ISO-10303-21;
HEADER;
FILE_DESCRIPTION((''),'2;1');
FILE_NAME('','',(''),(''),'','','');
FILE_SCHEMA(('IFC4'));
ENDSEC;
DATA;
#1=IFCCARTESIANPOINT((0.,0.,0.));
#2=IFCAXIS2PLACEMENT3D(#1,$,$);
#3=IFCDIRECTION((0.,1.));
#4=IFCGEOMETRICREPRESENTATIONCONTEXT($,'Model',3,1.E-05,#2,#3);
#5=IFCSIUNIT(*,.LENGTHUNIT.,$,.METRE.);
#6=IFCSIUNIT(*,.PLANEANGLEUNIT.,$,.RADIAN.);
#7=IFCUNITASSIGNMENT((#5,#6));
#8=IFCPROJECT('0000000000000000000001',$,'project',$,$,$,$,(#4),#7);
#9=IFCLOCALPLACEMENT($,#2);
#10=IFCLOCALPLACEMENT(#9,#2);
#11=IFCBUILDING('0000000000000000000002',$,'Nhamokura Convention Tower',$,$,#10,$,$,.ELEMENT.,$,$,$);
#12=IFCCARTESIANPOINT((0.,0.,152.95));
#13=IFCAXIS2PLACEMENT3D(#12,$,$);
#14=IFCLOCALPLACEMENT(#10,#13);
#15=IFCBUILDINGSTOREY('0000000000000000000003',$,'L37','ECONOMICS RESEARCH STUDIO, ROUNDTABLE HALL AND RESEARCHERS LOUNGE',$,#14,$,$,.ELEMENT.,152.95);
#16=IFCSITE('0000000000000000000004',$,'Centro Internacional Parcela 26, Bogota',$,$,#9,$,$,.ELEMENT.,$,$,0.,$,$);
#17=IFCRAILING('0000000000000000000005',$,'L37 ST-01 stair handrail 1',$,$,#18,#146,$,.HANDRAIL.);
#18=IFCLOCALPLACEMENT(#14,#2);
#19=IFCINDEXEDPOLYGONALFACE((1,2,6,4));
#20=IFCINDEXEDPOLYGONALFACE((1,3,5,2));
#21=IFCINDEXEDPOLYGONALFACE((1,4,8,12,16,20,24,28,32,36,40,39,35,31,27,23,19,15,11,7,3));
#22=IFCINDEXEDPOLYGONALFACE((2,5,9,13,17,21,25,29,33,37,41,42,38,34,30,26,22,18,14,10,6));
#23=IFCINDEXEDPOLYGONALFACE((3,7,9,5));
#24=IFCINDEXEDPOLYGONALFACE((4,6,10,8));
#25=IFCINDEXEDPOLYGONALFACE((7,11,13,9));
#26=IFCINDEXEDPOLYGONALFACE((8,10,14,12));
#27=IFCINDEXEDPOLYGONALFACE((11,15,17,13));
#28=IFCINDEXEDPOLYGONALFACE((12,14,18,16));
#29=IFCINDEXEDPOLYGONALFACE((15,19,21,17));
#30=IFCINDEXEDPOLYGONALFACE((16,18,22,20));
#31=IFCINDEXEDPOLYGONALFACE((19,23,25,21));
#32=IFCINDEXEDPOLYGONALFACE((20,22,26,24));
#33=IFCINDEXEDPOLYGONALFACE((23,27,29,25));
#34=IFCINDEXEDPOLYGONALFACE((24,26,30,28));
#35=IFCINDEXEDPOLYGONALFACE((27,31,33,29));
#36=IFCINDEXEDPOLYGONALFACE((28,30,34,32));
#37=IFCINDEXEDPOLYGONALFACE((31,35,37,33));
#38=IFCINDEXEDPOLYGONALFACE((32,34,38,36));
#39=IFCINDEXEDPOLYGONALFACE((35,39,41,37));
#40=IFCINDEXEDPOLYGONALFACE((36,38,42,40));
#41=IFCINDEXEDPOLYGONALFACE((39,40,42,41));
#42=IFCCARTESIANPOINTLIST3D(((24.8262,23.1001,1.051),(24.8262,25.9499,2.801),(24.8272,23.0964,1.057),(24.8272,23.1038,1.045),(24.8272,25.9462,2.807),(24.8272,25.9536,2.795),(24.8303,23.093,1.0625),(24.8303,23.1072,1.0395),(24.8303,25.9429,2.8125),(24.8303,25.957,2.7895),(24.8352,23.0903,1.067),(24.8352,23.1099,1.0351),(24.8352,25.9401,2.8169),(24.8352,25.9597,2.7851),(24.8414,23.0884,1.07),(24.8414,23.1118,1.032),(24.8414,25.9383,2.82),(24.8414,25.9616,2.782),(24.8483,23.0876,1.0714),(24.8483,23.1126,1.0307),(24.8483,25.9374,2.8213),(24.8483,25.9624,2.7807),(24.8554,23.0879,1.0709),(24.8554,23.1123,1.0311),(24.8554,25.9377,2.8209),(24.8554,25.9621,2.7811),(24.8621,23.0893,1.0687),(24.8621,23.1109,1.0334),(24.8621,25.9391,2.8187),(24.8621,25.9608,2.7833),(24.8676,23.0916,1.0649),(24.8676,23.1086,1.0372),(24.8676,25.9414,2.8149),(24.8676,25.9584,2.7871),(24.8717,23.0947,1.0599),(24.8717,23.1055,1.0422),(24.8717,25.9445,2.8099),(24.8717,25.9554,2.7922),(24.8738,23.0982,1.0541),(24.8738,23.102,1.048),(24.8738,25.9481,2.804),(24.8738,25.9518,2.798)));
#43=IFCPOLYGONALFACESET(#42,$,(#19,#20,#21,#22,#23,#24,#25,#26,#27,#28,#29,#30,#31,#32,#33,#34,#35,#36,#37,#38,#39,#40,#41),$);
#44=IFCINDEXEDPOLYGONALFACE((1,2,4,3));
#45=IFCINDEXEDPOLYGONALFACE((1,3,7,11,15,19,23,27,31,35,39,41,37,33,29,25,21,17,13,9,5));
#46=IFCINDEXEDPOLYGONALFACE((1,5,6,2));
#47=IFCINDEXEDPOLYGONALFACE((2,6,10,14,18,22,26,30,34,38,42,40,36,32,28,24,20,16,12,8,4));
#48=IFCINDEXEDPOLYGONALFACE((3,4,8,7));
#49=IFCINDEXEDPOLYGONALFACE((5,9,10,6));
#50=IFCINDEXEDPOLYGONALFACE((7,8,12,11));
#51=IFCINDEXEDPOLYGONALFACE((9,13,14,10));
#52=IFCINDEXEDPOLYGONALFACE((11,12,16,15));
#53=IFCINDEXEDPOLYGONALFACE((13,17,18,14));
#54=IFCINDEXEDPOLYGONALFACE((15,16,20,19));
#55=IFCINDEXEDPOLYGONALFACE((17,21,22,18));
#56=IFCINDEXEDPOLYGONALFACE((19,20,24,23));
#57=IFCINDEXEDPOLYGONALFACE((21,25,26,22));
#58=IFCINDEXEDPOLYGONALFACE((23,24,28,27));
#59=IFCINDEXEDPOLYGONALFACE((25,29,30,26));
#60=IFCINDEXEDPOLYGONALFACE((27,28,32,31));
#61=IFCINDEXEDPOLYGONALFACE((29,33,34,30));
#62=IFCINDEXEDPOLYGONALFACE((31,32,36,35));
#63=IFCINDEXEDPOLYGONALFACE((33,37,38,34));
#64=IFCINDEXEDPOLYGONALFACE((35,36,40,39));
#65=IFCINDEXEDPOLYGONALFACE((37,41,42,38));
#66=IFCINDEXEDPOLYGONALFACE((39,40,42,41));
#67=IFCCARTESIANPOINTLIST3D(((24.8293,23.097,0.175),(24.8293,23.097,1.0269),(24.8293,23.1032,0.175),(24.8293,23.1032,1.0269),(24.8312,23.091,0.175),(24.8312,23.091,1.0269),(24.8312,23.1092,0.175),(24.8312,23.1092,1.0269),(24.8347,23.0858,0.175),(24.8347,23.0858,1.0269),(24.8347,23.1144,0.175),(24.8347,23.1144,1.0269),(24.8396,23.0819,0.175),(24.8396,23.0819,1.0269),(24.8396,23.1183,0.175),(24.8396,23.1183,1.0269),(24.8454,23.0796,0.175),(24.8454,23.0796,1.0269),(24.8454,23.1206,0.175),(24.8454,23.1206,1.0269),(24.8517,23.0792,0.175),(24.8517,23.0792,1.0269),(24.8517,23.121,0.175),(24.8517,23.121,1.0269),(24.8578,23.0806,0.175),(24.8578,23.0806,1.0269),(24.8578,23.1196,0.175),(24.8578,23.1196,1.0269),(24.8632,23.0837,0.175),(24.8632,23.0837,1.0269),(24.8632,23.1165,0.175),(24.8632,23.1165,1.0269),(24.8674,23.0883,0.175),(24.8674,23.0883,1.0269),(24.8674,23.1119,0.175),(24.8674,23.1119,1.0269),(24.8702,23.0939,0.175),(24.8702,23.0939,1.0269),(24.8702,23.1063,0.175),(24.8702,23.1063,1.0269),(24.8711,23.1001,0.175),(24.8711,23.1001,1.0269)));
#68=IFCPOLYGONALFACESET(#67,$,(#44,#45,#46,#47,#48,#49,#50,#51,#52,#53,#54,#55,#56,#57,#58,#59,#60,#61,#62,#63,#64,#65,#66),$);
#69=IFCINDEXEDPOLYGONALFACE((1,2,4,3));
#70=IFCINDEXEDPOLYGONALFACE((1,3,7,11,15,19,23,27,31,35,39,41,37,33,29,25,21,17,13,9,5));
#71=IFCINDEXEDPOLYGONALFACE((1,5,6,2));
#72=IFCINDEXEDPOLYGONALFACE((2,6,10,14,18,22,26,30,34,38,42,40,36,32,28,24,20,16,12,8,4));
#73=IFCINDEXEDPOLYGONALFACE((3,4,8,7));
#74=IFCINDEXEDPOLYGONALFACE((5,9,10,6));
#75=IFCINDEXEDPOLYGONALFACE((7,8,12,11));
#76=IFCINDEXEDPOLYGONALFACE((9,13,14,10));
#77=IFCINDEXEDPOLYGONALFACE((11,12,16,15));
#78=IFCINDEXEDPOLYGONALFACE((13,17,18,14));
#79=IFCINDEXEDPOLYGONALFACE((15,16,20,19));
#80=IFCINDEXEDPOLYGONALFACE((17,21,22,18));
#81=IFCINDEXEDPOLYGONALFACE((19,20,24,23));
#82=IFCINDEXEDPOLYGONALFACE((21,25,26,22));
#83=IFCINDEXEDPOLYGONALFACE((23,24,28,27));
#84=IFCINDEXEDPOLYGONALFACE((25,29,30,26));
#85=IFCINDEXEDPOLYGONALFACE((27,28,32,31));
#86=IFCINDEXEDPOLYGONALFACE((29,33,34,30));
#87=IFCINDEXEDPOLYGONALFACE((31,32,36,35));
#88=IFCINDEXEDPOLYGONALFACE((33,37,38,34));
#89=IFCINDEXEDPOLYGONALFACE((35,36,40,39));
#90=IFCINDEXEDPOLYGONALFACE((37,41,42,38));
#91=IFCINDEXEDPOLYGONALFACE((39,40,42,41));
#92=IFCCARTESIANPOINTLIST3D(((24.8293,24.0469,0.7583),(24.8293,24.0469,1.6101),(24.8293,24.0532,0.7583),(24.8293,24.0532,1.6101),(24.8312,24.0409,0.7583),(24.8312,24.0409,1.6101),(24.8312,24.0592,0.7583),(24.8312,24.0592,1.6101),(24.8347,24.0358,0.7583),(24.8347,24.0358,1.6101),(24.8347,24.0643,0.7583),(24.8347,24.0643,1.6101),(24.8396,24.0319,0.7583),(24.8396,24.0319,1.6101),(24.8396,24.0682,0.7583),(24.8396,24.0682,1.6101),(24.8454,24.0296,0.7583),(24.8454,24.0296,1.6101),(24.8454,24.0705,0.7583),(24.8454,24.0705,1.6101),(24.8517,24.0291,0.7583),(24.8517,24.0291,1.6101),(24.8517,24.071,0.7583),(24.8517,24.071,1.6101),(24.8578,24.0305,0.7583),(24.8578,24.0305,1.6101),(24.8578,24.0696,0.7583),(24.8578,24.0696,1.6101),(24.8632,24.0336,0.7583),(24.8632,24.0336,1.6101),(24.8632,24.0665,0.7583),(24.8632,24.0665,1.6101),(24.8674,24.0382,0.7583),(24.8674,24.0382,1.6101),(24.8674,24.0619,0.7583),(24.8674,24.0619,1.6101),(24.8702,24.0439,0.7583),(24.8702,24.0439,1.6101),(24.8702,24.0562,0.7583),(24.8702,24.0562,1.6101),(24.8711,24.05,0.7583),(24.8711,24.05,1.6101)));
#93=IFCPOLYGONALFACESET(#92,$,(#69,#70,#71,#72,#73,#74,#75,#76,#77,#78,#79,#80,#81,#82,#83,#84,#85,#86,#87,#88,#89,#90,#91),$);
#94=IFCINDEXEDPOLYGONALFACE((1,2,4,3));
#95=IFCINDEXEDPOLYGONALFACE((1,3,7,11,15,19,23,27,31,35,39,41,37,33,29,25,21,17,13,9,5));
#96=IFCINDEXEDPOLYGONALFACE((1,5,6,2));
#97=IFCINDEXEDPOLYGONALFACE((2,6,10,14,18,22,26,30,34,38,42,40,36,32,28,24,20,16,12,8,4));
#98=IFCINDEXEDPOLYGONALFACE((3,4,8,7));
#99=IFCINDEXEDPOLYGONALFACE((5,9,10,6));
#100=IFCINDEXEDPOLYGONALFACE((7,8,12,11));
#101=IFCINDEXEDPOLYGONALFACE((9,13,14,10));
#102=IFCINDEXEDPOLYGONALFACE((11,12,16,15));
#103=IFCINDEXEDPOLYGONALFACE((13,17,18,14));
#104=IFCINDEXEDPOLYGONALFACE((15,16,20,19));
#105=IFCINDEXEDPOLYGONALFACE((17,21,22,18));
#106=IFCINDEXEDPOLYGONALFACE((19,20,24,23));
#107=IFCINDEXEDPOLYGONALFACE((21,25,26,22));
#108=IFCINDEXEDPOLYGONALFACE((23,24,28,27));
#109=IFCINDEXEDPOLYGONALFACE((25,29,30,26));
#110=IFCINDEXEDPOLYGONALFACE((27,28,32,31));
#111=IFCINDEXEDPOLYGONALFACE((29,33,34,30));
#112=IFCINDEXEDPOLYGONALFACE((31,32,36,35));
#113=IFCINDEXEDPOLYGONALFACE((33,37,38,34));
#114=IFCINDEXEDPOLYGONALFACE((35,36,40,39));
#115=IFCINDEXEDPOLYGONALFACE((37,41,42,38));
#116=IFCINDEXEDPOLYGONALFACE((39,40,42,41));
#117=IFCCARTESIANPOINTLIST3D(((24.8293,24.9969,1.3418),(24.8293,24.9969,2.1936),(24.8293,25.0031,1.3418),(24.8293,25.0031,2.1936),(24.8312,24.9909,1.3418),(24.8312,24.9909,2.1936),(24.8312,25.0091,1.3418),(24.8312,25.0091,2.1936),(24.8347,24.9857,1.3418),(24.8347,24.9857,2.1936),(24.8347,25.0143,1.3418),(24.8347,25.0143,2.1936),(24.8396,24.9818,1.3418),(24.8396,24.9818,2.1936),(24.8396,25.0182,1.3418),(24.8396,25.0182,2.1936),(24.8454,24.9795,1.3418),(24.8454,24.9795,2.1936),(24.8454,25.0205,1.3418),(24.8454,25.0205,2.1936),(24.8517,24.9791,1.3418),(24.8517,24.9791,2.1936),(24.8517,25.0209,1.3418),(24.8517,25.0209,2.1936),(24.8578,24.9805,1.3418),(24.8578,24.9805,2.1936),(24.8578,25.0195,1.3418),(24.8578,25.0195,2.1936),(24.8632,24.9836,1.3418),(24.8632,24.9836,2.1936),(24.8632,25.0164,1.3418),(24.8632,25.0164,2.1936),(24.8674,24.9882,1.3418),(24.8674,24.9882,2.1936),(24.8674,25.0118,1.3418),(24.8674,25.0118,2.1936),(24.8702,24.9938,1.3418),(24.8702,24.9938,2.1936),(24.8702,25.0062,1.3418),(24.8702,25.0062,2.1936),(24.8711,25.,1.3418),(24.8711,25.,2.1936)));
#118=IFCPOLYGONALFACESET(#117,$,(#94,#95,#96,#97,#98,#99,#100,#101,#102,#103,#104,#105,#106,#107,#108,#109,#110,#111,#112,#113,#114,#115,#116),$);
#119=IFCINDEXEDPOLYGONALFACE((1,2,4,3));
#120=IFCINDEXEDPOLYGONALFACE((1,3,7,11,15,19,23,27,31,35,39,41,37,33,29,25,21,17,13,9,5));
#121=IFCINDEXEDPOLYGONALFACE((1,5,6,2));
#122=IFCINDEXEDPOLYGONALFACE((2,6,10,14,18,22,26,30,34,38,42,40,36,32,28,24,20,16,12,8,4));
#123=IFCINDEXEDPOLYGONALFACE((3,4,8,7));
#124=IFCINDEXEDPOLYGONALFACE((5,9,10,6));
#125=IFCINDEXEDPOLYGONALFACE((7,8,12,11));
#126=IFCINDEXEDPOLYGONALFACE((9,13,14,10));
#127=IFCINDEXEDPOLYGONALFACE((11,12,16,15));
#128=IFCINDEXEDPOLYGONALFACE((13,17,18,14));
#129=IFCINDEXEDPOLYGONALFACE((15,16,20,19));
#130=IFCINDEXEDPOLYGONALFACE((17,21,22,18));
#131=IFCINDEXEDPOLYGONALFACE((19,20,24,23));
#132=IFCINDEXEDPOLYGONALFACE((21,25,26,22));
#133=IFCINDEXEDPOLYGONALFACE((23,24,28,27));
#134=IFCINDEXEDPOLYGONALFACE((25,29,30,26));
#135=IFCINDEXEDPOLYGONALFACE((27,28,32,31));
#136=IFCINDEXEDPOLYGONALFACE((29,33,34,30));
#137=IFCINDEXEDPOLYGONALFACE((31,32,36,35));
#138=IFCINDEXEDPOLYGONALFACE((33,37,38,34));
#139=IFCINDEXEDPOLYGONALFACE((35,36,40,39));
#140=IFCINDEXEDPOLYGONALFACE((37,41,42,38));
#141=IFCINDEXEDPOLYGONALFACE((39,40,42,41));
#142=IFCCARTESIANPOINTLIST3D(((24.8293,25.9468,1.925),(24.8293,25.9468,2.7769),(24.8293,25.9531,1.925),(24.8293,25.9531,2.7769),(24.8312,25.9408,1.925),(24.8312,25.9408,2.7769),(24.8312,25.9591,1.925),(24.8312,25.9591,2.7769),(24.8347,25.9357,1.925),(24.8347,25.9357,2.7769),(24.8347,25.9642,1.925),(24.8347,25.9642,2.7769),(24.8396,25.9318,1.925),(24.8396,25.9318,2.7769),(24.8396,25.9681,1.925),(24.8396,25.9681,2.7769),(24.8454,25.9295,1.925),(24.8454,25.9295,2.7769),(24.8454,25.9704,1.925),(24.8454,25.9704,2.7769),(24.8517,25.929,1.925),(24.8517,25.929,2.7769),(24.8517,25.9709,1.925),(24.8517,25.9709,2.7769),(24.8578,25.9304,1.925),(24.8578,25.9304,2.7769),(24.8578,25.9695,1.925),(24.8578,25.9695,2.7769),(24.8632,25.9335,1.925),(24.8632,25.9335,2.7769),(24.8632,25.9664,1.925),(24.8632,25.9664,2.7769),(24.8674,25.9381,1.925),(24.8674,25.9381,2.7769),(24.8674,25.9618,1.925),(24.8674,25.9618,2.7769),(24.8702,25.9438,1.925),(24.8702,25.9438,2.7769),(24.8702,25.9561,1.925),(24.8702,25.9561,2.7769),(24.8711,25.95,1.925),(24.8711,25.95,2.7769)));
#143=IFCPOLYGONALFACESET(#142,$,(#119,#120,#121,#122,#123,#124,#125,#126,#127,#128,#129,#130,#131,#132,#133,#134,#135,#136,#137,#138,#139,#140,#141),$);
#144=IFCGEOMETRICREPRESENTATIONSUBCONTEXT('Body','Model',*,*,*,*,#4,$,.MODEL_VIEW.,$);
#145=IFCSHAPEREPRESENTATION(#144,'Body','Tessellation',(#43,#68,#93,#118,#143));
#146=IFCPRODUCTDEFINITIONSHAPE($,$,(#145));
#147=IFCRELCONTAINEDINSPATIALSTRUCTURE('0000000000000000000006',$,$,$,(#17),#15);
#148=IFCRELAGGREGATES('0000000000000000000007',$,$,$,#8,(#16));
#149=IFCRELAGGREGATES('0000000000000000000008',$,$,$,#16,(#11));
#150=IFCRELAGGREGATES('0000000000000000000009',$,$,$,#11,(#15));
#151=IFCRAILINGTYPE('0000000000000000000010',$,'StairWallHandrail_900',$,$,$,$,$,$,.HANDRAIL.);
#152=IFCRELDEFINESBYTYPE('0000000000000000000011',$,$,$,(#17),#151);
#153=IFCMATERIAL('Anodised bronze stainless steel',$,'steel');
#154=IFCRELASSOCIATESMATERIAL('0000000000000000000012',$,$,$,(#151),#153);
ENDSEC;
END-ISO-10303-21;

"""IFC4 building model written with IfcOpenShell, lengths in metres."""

from ifc_helpers import new_model, si_unit, direction, frame, origin, origin_2d, place, context, subcontext, project, spatial, circle, extrude, material, type_object, element, save


model = new_model("IFC4")

# Units and contexts
model_context = context("Model", 3, precision=1e-05, world=origin(), true_north=direction((0.0, 1.0)))
body_context = subcontext(model_context, "Body", "Model", "MODEL_VIEW")
ifc_project = project(units=[si_unit("LENGTHUNIT", "METRE"), si_unit("PLANEANGLEUNIT", "RADIAN")], contexts=[model_context])

# Site, building, storey
site_placement = place(None, origin())
site = spatial("IfcSite", under=ifc_project, at=site_placement, Name="Centro Internacional Parcela 26, Bogota", CompositionType="ELEMENT", RefElevation=0.0)
building_placement = place(site_placement, origin())
building = spatial("IfcBuilding", under=site, at=building_placement, Name="Nhamokura Convention Tower", CompositionType="ELEMENT")
storey_placement = place(building_placement, frame((0.0, 0.0, 152.95)))
storey = spatial("IfcBuildingStorey", under=building, at=storey_placement, Name="L37", Description="ECONOMICS RESEARCH STUDIO, ROUNDTABLE HALL AND RESEARCHERS LOUNGE", CompositionType="ELEMENT", Elevation=152.95)

# Railing
ifc_material_1 = material(Name="Anodised bronze stainless steel", Category="steel")
railing_type_1 = type_object("IfcRailingType", Name="StairWallHandrail_900", PredefinedType="HANDRAIL", material=ifc_material_1)
railing_1_placement = place(storey_placement, frame((24.8501, 23.1001, 0.175)))
element("IfcRailing", 1, at=railing_1_placement, inside=storey, type_object=railing_type_1, Name="L37 ST-01 stair handrail 1", PredefinedType="HANDRAIL", context=body_context, shape_type="SweptSolid", body=[
    extrude(circle(Radius=0.0239, at=origin_2d()), frame((0.0, 0.0, 0.876), z_axis=(0.0, 0.852159, 0.523283), x_axis=(-1.0, 0.0, 0.0)), (0.0, 0.0, 1.0), 3.3442),
    extrude(circle(Radius=0.021, at=origin_2d()), origin(), (0.0, 0.0, 1.0), 0.8518),
    extrude(circle(Radius=0.021, at=origin_2d()), frame((0.0, 0.95, 0.5833)), (0.0, 0.0, 1.0), 0.8518),
    extrude(circle(Radius=0.021, at=origin_2d()), frame((0.0, 1.8999, 1.1667)), (0.0, 0.0, 1.0), 0.8518),
    extrude(circle(Radius=0.021, at=origin_2d()), frame((0.0, 2.8499, 1.75)), (0.0, 0.0, 1.0), 0.8518),
])

save(model, "model.ifc")
